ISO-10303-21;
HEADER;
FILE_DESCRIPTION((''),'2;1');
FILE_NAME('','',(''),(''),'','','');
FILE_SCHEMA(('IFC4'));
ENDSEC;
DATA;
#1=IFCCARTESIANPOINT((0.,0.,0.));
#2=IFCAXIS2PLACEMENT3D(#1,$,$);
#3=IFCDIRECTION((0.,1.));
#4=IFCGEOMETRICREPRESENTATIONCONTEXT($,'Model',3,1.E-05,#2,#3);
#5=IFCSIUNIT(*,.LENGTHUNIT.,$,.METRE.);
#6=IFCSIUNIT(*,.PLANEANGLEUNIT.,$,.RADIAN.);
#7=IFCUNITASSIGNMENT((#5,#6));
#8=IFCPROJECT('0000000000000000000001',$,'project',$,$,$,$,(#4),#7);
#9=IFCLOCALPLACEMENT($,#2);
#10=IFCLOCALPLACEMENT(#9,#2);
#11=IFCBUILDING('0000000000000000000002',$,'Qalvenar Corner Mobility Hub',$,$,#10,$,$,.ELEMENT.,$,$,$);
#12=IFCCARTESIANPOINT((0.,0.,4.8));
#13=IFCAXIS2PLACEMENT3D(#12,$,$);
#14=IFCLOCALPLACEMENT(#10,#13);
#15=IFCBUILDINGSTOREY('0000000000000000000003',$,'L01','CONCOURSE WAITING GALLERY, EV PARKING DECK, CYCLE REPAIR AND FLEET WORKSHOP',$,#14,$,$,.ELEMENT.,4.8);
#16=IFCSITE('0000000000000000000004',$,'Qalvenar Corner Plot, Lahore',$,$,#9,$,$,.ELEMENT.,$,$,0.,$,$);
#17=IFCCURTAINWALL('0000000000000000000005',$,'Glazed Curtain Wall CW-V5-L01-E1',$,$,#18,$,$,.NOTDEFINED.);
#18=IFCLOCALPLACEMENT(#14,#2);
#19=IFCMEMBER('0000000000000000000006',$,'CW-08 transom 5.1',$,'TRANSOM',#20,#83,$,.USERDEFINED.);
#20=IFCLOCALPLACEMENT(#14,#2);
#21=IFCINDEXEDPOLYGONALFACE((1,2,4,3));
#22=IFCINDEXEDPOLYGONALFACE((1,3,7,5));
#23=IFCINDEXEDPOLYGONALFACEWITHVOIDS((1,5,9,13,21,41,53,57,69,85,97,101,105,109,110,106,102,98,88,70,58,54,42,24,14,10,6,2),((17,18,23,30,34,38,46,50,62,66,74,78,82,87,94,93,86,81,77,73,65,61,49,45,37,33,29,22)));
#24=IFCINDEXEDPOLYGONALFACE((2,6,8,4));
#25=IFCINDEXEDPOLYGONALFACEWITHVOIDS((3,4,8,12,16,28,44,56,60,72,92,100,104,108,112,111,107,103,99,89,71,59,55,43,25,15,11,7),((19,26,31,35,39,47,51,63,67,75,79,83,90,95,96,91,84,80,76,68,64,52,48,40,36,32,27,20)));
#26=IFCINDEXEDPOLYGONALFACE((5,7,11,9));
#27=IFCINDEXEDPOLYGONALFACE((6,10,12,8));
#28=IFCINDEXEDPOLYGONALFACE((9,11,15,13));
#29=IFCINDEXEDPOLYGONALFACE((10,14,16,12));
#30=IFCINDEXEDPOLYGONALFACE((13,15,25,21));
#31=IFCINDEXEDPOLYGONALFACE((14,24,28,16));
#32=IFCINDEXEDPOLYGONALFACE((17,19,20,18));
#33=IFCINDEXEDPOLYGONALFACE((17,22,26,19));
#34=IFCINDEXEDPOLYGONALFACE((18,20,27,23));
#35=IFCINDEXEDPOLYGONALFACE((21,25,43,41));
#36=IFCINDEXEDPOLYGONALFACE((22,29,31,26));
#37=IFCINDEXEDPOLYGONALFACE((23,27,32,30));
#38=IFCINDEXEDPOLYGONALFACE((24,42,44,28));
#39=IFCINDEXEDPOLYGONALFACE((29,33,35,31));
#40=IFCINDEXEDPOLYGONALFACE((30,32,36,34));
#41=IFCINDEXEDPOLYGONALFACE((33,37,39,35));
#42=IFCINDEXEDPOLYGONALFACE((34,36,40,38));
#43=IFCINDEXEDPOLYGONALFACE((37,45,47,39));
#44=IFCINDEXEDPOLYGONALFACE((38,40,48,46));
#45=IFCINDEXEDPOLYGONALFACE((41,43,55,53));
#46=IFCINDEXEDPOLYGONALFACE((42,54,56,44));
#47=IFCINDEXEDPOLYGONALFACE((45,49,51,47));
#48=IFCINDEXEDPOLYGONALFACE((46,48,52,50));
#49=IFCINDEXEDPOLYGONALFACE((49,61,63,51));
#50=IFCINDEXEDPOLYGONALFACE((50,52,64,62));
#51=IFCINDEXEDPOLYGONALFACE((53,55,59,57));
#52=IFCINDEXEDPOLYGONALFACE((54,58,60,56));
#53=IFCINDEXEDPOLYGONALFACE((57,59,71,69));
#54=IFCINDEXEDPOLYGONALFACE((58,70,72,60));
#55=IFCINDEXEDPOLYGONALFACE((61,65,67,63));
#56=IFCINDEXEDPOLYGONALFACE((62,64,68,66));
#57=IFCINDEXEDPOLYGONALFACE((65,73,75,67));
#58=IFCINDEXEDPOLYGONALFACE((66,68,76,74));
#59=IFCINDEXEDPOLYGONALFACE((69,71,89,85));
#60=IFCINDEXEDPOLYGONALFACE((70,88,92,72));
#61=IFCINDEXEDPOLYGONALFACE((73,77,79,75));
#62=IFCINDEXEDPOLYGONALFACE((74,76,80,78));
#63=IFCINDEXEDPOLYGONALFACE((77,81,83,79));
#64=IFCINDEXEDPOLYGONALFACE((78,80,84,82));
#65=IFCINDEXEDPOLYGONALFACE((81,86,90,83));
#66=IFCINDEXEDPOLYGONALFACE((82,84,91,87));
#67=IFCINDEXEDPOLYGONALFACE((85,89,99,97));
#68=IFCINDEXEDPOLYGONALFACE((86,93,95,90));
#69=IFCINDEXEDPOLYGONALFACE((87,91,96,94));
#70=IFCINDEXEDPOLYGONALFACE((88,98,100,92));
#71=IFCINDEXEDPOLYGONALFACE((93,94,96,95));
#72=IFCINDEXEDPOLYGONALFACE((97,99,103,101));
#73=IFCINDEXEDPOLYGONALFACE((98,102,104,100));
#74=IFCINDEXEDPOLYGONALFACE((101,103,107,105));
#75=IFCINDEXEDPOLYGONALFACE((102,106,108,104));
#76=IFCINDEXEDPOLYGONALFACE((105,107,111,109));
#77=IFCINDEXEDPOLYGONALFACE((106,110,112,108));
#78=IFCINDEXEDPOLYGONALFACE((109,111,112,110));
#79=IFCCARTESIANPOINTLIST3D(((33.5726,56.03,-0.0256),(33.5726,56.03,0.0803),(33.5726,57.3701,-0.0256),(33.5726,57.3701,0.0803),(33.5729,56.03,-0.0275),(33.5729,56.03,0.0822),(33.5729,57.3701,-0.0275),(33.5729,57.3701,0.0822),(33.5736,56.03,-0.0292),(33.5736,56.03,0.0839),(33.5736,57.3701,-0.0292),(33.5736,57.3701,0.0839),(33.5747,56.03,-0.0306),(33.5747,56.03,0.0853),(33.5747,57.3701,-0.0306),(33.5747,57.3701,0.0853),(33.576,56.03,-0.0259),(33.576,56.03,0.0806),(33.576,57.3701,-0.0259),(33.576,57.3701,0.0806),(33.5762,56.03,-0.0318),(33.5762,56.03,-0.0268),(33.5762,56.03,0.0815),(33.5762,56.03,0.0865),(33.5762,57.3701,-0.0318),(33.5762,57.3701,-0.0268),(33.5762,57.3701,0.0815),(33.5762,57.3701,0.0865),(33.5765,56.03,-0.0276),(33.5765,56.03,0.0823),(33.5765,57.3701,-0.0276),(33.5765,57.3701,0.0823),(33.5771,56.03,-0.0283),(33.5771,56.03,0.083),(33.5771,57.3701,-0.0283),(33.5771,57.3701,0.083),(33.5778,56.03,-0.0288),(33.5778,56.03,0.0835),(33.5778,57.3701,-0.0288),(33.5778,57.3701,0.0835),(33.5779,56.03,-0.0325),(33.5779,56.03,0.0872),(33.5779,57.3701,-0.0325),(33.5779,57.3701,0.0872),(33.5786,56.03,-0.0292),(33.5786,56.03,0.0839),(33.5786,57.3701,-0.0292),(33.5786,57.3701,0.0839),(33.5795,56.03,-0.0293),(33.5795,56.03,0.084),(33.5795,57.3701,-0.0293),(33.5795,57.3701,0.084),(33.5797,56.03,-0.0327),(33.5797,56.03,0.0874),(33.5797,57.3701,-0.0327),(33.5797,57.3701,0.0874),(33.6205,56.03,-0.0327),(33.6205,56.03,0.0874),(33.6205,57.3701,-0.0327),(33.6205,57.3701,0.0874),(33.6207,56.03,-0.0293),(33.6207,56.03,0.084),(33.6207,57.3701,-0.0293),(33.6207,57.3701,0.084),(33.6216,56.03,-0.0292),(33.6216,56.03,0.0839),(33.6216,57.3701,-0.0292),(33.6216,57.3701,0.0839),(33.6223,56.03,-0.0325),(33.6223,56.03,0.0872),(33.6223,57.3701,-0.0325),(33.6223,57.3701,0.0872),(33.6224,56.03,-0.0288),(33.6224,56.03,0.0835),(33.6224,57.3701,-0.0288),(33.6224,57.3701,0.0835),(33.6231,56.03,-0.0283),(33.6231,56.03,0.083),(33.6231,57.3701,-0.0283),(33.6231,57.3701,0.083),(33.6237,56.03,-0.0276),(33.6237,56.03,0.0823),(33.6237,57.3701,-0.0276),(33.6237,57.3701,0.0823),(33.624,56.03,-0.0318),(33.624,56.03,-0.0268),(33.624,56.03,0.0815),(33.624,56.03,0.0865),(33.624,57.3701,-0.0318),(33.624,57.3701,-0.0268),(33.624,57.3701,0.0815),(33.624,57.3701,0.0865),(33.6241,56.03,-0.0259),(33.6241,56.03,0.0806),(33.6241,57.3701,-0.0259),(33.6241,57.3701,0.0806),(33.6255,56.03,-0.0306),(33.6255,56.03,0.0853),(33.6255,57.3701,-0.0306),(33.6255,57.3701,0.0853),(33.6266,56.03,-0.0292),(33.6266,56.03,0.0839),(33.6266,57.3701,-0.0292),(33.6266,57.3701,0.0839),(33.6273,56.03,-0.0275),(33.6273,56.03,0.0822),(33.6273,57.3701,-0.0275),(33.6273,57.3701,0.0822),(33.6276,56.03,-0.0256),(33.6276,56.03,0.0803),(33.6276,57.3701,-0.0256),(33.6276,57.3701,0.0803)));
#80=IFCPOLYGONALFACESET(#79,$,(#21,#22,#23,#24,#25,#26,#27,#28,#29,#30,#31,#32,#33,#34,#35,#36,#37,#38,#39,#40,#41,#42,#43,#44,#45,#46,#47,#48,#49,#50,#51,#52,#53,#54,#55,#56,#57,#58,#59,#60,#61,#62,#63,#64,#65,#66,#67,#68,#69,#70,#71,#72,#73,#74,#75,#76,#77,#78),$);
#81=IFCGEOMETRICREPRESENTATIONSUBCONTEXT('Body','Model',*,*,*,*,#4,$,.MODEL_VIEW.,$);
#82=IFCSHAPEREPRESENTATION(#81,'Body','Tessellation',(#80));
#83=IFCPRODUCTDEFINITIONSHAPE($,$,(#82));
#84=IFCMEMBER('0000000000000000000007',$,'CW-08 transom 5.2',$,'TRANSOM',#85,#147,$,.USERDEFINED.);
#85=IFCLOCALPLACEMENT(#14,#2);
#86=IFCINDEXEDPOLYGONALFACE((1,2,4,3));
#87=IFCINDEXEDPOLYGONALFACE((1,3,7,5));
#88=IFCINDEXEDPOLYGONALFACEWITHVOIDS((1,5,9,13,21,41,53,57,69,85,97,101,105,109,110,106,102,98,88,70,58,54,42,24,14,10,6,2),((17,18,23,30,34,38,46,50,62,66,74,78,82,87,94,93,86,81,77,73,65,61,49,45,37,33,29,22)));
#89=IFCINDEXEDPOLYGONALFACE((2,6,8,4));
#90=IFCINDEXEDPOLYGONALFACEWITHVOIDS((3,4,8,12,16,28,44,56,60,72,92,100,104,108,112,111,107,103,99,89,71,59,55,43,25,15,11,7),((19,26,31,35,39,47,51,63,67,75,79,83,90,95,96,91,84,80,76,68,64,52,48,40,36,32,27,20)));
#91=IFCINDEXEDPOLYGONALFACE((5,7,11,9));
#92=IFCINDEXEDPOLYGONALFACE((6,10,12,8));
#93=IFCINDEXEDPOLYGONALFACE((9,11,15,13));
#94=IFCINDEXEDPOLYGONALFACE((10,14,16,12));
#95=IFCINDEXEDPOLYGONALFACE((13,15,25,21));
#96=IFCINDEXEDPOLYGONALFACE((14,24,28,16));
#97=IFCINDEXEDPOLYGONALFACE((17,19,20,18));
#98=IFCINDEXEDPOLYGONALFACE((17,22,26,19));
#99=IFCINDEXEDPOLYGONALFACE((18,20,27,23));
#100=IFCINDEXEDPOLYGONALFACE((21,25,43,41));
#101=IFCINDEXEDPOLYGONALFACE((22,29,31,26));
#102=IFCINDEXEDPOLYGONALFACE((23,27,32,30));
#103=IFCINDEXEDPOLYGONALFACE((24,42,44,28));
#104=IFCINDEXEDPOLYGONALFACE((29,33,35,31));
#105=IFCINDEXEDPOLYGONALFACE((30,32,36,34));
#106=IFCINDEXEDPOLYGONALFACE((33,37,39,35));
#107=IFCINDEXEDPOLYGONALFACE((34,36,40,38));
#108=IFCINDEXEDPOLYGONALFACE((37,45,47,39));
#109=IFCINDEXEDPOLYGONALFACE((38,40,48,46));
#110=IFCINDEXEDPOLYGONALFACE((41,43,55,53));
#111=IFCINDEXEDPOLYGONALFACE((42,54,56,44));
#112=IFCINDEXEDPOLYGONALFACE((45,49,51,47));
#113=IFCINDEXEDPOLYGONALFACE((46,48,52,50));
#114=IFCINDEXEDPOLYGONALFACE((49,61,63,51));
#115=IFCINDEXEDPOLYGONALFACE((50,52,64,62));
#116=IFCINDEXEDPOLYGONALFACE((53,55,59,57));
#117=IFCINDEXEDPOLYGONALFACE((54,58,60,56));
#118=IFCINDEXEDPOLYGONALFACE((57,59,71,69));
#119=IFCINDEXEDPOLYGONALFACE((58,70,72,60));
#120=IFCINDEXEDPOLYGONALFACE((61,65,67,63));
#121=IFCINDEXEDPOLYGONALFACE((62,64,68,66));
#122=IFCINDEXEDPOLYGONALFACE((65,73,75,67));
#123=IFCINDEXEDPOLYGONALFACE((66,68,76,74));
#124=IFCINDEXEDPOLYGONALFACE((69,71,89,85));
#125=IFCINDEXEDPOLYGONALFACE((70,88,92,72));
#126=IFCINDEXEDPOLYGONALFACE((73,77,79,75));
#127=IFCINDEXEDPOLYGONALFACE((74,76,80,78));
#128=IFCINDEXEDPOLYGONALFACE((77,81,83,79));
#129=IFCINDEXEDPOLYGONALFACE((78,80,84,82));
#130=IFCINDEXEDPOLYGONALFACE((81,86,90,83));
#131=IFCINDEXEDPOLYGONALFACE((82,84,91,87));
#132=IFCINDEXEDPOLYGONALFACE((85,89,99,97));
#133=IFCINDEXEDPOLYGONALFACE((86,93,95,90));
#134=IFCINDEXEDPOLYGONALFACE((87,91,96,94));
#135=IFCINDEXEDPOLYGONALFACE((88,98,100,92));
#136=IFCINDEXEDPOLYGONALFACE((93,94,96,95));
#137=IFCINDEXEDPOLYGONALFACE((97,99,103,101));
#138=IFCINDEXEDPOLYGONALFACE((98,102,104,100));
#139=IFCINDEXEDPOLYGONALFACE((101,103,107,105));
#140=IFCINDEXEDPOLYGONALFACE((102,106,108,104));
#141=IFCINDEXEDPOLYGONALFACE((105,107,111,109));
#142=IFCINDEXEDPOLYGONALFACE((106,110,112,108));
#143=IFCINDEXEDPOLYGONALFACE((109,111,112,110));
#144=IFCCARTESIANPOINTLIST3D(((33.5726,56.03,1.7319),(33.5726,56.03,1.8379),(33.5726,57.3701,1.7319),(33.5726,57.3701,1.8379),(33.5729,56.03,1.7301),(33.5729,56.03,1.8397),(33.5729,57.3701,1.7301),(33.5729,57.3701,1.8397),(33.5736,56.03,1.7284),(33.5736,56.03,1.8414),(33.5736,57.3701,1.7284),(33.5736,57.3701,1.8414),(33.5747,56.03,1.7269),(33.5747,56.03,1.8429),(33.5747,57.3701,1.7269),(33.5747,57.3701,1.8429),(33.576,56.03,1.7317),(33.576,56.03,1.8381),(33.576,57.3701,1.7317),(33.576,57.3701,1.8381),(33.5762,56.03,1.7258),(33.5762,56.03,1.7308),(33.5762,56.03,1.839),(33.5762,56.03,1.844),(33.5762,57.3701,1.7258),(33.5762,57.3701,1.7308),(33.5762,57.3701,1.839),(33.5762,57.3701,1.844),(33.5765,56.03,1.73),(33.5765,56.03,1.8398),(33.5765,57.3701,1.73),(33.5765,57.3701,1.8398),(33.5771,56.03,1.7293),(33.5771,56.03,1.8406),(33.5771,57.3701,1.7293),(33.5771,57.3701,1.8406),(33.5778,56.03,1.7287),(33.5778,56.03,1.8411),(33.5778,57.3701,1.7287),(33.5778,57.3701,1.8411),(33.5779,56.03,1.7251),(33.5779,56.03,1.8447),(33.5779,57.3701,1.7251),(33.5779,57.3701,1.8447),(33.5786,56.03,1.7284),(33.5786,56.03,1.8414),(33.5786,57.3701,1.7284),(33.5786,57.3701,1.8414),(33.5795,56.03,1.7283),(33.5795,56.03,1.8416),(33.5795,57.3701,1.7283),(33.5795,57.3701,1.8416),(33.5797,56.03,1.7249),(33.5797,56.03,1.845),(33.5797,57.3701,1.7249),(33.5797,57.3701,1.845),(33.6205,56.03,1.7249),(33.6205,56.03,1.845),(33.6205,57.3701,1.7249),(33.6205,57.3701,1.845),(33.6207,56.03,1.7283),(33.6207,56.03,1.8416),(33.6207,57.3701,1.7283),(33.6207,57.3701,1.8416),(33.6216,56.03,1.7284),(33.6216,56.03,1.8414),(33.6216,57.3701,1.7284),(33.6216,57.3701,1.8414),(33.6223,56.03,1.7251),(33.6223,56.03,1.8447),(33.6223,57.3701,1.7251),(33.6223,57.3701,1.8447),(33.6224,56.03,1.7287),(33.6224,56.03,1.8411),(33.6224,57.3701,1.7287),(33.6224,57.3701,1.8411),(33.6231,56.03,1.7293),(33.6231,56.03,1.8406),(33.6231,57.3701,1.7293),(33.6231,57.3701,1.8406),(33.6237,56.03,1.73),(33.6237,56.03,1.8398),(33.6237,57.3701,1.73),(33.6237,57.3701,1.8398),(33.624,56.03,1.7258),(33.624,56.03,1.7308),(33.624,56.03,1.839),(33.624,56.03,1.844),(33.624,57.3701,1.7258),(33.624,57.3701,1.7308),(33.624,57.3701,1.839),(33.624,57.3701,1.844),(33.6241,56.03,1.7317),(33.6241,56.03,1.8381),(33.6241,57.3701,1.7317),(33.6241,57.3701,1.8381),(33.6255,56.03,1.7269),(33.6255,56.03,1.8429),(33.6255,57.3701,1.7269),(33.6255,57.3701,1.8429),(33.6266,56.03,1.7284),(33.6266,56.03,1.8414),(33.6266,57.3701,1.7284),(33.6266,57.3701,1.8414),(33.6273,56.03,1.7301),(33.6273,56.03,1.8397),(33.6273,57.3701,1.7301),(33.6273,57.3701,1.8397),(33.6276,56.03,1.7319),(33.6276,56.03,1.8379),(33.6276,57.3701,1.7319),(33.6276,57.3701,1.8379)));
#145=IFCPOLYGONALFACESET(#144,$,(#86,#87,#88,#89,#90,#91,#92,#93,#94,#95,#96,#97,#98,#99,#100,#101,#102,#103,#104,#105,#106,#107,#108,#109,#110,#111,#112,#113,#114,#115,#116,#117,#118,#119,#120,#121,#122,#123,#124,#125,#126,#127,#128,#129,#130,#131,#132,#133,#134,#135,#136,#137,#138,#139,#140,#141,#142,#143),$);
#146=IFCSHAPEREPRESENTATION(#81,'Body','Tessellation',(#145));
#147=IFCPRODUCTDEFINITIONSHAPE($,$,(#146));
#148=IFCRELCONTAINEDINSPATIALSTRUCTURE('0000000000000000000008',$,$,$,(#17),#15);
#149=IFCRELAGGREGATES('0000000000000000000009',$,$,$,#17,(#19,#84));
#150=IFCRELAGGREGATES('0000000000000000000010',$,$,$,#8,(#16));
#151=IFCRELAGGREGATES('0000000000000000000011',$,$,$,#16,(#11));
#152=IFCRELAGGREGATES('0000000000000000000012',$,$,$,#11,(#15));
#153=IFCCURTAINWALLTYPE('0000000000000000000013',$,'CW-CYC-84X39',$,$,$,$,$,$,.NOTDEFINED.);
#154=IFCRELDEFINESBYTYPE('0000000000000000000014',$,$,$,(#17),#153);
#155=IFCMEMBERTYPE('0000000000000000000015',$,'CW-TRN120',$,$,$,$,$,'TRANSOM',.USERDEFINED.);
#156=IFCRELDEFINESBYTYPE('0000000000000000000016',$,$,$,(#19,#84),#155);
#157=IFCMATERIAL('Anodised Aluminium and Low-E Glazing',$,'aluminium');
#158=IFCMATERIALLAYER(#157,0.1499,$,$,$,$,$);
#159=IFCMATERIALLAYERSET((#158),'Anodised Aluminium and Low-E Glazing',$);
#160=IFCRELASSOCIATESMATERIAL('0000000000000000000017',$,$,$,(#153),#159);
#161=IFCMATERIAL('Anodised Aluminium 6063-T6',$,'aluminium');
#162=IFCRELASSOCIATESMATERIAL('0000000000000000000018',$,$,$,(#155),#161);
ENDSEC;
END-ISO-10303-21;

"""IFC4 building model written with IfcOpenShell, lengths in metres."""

from ifc_helpers import new_model, si_unit, direction, frame, origin, origin_2d, place, context, subcontext, project, spatial, hollow_rectangle, extrude, material, layer, layer_set, material_profile, profile_set, type_object, element, aggregate, save


model = new_model("IFC4")

# Units and contexts
model_context = context("Model", 3, precision=1e-05, world=origin(), true_north=direction((0.0, 1.0)))
body_context = subcontext(model_context, "Body", "Model", "MODEL_VIEW")
ifc_project = project(units=[si_unit("LENGTHUNIT", "METRE"), si_unit("PLANEANGLEUNIT", "RADIAN")], contexts=[model_context])

# Site, building, storey
site_placement = place(None, origin())
site = spatial("IfcSite", under=ifc_project, at=site_placement, Name="Qalvenar Corner Plot, Lahore", CompositionType="ELEMENT", RefElevation=0.0)
building_placement = place(site_placement, origin())
building = spatial("IfcBuilding", under=site, at=building_placement, Name="Qalvenar Corner Mobility Hub", CompositionType="ELEMENT")
storey_placement = place(building_placement, frame((0.0, 0.0, 4.8)))
storey = spatial("IfcBuildingStorey", under=building, at=storey_placement, Name="L01", Description="CONCOURSE WAITING GALLERY, EV PARKING DECK, CYCLE REPAIR AND FLEET WORKSHOP", CompositionType="ELEMENT", Elevation=4.8)

# Curtain wall, members
ifc_material_1 = material(Name="Anodised Aluminium and Low-E Glazing", Category="aluminium")
ifc_layer_1 = layer(ifc_material_1, 0.1499)
ifc_layer_set_1 = layer_set([ifc_layer_1], Name="Anodised Aluminium and Low-E Glazing")
curtain_wall_type = type_object("IfcCurtainWallType", Name="CW-CYC-84X39", PredefinedType="NOTDEFINED", material=ifc_layer_set_1)
curtain_wall_placement = place(storey_placement, origin())
curtain_wall = element("IfcCurtainWall", 1, at=curtain_wall_placement, inside=storey, type_object=curtain_wall_type, Name="Glazed Curtain Wall CW-V5-L01-E1", PredefinedType="NOTDEFINED")
ifc_material_2 = material(Name="Anodised Aluminium 6063-T6", Category="aluminium")
ifc_material_profile_1 = material_profile(ifc_material_2, hollow_rectangle(XDim=0.0549, YDim=0.1201, WallThickness=0.0034, InnerFilletRadius=0.0034, OuterFilletRadius=0.0071, at=origin_2d()), Name="RHS120x55x3.5")
ifc_profile_set_1 = profile_set([ifc_material_profile_1], Name="Anodised Aluminium 6063-T6")
member_type_1 = type_object("IfcMemberType", Name="CW-TRN120", ElementType="TRANSOM", PredefinedType="USERDEFINED", material=ifc_profile_set_1)
member_1_placement = place(storey_placement, frame((33.6001, 56.03, 0.0273), z_axis=(0.0, 1.0, 0.0), x_axis=(-1.0, 0.0, 0.0)))
member_1 = element("IfcMember", 2, at=member_1_placement, type_object=member_type_1, Name="CW-08 transom 5.1", ObjectType="TRANSOM", PredefinedType="USERDEFINED", context=body_context, shape_type="SweptSolid", body=[
    extrude(hollow_rectangle(XDim=0.0549, YDim=0.1201, WallThickness=0.0034, InnerFilletRadius=0.0034, OuterFilletRadius=0.0071, at=origin_2d()), origin(), (0.0, 0.0, 1.0), 1.3401),
])
member_2_placement = place(storey_placement, frame((33.6001, 56.03, 1.7849), z_axis=(0.0, 1.0, 0.0), x_axis=(-1.0, 0.0, 0.0)))
member_2 = element("IfcMember", 3, at=member_2_placement, type_object=member_type_1, Name="CW-08 transom 5.2", ObjectType="TRANSOM", PredefinedType="USERDEFINED", context=body_context, shape_type="SweptSolid", body=[
    extrude(hollow_rectangle(XDim=0.0549, YDim=0.1201, WallThickness=0.0034, InnerFilletRadius=0.0034, OuterFilletRadius=0.0071, at=origin_2d()), origin(), (0.0, 0.0, 1.0), 1.3401),
])
aggregate(curtain_wall, [member_1, member_2])

save(model, "model.ifc")
